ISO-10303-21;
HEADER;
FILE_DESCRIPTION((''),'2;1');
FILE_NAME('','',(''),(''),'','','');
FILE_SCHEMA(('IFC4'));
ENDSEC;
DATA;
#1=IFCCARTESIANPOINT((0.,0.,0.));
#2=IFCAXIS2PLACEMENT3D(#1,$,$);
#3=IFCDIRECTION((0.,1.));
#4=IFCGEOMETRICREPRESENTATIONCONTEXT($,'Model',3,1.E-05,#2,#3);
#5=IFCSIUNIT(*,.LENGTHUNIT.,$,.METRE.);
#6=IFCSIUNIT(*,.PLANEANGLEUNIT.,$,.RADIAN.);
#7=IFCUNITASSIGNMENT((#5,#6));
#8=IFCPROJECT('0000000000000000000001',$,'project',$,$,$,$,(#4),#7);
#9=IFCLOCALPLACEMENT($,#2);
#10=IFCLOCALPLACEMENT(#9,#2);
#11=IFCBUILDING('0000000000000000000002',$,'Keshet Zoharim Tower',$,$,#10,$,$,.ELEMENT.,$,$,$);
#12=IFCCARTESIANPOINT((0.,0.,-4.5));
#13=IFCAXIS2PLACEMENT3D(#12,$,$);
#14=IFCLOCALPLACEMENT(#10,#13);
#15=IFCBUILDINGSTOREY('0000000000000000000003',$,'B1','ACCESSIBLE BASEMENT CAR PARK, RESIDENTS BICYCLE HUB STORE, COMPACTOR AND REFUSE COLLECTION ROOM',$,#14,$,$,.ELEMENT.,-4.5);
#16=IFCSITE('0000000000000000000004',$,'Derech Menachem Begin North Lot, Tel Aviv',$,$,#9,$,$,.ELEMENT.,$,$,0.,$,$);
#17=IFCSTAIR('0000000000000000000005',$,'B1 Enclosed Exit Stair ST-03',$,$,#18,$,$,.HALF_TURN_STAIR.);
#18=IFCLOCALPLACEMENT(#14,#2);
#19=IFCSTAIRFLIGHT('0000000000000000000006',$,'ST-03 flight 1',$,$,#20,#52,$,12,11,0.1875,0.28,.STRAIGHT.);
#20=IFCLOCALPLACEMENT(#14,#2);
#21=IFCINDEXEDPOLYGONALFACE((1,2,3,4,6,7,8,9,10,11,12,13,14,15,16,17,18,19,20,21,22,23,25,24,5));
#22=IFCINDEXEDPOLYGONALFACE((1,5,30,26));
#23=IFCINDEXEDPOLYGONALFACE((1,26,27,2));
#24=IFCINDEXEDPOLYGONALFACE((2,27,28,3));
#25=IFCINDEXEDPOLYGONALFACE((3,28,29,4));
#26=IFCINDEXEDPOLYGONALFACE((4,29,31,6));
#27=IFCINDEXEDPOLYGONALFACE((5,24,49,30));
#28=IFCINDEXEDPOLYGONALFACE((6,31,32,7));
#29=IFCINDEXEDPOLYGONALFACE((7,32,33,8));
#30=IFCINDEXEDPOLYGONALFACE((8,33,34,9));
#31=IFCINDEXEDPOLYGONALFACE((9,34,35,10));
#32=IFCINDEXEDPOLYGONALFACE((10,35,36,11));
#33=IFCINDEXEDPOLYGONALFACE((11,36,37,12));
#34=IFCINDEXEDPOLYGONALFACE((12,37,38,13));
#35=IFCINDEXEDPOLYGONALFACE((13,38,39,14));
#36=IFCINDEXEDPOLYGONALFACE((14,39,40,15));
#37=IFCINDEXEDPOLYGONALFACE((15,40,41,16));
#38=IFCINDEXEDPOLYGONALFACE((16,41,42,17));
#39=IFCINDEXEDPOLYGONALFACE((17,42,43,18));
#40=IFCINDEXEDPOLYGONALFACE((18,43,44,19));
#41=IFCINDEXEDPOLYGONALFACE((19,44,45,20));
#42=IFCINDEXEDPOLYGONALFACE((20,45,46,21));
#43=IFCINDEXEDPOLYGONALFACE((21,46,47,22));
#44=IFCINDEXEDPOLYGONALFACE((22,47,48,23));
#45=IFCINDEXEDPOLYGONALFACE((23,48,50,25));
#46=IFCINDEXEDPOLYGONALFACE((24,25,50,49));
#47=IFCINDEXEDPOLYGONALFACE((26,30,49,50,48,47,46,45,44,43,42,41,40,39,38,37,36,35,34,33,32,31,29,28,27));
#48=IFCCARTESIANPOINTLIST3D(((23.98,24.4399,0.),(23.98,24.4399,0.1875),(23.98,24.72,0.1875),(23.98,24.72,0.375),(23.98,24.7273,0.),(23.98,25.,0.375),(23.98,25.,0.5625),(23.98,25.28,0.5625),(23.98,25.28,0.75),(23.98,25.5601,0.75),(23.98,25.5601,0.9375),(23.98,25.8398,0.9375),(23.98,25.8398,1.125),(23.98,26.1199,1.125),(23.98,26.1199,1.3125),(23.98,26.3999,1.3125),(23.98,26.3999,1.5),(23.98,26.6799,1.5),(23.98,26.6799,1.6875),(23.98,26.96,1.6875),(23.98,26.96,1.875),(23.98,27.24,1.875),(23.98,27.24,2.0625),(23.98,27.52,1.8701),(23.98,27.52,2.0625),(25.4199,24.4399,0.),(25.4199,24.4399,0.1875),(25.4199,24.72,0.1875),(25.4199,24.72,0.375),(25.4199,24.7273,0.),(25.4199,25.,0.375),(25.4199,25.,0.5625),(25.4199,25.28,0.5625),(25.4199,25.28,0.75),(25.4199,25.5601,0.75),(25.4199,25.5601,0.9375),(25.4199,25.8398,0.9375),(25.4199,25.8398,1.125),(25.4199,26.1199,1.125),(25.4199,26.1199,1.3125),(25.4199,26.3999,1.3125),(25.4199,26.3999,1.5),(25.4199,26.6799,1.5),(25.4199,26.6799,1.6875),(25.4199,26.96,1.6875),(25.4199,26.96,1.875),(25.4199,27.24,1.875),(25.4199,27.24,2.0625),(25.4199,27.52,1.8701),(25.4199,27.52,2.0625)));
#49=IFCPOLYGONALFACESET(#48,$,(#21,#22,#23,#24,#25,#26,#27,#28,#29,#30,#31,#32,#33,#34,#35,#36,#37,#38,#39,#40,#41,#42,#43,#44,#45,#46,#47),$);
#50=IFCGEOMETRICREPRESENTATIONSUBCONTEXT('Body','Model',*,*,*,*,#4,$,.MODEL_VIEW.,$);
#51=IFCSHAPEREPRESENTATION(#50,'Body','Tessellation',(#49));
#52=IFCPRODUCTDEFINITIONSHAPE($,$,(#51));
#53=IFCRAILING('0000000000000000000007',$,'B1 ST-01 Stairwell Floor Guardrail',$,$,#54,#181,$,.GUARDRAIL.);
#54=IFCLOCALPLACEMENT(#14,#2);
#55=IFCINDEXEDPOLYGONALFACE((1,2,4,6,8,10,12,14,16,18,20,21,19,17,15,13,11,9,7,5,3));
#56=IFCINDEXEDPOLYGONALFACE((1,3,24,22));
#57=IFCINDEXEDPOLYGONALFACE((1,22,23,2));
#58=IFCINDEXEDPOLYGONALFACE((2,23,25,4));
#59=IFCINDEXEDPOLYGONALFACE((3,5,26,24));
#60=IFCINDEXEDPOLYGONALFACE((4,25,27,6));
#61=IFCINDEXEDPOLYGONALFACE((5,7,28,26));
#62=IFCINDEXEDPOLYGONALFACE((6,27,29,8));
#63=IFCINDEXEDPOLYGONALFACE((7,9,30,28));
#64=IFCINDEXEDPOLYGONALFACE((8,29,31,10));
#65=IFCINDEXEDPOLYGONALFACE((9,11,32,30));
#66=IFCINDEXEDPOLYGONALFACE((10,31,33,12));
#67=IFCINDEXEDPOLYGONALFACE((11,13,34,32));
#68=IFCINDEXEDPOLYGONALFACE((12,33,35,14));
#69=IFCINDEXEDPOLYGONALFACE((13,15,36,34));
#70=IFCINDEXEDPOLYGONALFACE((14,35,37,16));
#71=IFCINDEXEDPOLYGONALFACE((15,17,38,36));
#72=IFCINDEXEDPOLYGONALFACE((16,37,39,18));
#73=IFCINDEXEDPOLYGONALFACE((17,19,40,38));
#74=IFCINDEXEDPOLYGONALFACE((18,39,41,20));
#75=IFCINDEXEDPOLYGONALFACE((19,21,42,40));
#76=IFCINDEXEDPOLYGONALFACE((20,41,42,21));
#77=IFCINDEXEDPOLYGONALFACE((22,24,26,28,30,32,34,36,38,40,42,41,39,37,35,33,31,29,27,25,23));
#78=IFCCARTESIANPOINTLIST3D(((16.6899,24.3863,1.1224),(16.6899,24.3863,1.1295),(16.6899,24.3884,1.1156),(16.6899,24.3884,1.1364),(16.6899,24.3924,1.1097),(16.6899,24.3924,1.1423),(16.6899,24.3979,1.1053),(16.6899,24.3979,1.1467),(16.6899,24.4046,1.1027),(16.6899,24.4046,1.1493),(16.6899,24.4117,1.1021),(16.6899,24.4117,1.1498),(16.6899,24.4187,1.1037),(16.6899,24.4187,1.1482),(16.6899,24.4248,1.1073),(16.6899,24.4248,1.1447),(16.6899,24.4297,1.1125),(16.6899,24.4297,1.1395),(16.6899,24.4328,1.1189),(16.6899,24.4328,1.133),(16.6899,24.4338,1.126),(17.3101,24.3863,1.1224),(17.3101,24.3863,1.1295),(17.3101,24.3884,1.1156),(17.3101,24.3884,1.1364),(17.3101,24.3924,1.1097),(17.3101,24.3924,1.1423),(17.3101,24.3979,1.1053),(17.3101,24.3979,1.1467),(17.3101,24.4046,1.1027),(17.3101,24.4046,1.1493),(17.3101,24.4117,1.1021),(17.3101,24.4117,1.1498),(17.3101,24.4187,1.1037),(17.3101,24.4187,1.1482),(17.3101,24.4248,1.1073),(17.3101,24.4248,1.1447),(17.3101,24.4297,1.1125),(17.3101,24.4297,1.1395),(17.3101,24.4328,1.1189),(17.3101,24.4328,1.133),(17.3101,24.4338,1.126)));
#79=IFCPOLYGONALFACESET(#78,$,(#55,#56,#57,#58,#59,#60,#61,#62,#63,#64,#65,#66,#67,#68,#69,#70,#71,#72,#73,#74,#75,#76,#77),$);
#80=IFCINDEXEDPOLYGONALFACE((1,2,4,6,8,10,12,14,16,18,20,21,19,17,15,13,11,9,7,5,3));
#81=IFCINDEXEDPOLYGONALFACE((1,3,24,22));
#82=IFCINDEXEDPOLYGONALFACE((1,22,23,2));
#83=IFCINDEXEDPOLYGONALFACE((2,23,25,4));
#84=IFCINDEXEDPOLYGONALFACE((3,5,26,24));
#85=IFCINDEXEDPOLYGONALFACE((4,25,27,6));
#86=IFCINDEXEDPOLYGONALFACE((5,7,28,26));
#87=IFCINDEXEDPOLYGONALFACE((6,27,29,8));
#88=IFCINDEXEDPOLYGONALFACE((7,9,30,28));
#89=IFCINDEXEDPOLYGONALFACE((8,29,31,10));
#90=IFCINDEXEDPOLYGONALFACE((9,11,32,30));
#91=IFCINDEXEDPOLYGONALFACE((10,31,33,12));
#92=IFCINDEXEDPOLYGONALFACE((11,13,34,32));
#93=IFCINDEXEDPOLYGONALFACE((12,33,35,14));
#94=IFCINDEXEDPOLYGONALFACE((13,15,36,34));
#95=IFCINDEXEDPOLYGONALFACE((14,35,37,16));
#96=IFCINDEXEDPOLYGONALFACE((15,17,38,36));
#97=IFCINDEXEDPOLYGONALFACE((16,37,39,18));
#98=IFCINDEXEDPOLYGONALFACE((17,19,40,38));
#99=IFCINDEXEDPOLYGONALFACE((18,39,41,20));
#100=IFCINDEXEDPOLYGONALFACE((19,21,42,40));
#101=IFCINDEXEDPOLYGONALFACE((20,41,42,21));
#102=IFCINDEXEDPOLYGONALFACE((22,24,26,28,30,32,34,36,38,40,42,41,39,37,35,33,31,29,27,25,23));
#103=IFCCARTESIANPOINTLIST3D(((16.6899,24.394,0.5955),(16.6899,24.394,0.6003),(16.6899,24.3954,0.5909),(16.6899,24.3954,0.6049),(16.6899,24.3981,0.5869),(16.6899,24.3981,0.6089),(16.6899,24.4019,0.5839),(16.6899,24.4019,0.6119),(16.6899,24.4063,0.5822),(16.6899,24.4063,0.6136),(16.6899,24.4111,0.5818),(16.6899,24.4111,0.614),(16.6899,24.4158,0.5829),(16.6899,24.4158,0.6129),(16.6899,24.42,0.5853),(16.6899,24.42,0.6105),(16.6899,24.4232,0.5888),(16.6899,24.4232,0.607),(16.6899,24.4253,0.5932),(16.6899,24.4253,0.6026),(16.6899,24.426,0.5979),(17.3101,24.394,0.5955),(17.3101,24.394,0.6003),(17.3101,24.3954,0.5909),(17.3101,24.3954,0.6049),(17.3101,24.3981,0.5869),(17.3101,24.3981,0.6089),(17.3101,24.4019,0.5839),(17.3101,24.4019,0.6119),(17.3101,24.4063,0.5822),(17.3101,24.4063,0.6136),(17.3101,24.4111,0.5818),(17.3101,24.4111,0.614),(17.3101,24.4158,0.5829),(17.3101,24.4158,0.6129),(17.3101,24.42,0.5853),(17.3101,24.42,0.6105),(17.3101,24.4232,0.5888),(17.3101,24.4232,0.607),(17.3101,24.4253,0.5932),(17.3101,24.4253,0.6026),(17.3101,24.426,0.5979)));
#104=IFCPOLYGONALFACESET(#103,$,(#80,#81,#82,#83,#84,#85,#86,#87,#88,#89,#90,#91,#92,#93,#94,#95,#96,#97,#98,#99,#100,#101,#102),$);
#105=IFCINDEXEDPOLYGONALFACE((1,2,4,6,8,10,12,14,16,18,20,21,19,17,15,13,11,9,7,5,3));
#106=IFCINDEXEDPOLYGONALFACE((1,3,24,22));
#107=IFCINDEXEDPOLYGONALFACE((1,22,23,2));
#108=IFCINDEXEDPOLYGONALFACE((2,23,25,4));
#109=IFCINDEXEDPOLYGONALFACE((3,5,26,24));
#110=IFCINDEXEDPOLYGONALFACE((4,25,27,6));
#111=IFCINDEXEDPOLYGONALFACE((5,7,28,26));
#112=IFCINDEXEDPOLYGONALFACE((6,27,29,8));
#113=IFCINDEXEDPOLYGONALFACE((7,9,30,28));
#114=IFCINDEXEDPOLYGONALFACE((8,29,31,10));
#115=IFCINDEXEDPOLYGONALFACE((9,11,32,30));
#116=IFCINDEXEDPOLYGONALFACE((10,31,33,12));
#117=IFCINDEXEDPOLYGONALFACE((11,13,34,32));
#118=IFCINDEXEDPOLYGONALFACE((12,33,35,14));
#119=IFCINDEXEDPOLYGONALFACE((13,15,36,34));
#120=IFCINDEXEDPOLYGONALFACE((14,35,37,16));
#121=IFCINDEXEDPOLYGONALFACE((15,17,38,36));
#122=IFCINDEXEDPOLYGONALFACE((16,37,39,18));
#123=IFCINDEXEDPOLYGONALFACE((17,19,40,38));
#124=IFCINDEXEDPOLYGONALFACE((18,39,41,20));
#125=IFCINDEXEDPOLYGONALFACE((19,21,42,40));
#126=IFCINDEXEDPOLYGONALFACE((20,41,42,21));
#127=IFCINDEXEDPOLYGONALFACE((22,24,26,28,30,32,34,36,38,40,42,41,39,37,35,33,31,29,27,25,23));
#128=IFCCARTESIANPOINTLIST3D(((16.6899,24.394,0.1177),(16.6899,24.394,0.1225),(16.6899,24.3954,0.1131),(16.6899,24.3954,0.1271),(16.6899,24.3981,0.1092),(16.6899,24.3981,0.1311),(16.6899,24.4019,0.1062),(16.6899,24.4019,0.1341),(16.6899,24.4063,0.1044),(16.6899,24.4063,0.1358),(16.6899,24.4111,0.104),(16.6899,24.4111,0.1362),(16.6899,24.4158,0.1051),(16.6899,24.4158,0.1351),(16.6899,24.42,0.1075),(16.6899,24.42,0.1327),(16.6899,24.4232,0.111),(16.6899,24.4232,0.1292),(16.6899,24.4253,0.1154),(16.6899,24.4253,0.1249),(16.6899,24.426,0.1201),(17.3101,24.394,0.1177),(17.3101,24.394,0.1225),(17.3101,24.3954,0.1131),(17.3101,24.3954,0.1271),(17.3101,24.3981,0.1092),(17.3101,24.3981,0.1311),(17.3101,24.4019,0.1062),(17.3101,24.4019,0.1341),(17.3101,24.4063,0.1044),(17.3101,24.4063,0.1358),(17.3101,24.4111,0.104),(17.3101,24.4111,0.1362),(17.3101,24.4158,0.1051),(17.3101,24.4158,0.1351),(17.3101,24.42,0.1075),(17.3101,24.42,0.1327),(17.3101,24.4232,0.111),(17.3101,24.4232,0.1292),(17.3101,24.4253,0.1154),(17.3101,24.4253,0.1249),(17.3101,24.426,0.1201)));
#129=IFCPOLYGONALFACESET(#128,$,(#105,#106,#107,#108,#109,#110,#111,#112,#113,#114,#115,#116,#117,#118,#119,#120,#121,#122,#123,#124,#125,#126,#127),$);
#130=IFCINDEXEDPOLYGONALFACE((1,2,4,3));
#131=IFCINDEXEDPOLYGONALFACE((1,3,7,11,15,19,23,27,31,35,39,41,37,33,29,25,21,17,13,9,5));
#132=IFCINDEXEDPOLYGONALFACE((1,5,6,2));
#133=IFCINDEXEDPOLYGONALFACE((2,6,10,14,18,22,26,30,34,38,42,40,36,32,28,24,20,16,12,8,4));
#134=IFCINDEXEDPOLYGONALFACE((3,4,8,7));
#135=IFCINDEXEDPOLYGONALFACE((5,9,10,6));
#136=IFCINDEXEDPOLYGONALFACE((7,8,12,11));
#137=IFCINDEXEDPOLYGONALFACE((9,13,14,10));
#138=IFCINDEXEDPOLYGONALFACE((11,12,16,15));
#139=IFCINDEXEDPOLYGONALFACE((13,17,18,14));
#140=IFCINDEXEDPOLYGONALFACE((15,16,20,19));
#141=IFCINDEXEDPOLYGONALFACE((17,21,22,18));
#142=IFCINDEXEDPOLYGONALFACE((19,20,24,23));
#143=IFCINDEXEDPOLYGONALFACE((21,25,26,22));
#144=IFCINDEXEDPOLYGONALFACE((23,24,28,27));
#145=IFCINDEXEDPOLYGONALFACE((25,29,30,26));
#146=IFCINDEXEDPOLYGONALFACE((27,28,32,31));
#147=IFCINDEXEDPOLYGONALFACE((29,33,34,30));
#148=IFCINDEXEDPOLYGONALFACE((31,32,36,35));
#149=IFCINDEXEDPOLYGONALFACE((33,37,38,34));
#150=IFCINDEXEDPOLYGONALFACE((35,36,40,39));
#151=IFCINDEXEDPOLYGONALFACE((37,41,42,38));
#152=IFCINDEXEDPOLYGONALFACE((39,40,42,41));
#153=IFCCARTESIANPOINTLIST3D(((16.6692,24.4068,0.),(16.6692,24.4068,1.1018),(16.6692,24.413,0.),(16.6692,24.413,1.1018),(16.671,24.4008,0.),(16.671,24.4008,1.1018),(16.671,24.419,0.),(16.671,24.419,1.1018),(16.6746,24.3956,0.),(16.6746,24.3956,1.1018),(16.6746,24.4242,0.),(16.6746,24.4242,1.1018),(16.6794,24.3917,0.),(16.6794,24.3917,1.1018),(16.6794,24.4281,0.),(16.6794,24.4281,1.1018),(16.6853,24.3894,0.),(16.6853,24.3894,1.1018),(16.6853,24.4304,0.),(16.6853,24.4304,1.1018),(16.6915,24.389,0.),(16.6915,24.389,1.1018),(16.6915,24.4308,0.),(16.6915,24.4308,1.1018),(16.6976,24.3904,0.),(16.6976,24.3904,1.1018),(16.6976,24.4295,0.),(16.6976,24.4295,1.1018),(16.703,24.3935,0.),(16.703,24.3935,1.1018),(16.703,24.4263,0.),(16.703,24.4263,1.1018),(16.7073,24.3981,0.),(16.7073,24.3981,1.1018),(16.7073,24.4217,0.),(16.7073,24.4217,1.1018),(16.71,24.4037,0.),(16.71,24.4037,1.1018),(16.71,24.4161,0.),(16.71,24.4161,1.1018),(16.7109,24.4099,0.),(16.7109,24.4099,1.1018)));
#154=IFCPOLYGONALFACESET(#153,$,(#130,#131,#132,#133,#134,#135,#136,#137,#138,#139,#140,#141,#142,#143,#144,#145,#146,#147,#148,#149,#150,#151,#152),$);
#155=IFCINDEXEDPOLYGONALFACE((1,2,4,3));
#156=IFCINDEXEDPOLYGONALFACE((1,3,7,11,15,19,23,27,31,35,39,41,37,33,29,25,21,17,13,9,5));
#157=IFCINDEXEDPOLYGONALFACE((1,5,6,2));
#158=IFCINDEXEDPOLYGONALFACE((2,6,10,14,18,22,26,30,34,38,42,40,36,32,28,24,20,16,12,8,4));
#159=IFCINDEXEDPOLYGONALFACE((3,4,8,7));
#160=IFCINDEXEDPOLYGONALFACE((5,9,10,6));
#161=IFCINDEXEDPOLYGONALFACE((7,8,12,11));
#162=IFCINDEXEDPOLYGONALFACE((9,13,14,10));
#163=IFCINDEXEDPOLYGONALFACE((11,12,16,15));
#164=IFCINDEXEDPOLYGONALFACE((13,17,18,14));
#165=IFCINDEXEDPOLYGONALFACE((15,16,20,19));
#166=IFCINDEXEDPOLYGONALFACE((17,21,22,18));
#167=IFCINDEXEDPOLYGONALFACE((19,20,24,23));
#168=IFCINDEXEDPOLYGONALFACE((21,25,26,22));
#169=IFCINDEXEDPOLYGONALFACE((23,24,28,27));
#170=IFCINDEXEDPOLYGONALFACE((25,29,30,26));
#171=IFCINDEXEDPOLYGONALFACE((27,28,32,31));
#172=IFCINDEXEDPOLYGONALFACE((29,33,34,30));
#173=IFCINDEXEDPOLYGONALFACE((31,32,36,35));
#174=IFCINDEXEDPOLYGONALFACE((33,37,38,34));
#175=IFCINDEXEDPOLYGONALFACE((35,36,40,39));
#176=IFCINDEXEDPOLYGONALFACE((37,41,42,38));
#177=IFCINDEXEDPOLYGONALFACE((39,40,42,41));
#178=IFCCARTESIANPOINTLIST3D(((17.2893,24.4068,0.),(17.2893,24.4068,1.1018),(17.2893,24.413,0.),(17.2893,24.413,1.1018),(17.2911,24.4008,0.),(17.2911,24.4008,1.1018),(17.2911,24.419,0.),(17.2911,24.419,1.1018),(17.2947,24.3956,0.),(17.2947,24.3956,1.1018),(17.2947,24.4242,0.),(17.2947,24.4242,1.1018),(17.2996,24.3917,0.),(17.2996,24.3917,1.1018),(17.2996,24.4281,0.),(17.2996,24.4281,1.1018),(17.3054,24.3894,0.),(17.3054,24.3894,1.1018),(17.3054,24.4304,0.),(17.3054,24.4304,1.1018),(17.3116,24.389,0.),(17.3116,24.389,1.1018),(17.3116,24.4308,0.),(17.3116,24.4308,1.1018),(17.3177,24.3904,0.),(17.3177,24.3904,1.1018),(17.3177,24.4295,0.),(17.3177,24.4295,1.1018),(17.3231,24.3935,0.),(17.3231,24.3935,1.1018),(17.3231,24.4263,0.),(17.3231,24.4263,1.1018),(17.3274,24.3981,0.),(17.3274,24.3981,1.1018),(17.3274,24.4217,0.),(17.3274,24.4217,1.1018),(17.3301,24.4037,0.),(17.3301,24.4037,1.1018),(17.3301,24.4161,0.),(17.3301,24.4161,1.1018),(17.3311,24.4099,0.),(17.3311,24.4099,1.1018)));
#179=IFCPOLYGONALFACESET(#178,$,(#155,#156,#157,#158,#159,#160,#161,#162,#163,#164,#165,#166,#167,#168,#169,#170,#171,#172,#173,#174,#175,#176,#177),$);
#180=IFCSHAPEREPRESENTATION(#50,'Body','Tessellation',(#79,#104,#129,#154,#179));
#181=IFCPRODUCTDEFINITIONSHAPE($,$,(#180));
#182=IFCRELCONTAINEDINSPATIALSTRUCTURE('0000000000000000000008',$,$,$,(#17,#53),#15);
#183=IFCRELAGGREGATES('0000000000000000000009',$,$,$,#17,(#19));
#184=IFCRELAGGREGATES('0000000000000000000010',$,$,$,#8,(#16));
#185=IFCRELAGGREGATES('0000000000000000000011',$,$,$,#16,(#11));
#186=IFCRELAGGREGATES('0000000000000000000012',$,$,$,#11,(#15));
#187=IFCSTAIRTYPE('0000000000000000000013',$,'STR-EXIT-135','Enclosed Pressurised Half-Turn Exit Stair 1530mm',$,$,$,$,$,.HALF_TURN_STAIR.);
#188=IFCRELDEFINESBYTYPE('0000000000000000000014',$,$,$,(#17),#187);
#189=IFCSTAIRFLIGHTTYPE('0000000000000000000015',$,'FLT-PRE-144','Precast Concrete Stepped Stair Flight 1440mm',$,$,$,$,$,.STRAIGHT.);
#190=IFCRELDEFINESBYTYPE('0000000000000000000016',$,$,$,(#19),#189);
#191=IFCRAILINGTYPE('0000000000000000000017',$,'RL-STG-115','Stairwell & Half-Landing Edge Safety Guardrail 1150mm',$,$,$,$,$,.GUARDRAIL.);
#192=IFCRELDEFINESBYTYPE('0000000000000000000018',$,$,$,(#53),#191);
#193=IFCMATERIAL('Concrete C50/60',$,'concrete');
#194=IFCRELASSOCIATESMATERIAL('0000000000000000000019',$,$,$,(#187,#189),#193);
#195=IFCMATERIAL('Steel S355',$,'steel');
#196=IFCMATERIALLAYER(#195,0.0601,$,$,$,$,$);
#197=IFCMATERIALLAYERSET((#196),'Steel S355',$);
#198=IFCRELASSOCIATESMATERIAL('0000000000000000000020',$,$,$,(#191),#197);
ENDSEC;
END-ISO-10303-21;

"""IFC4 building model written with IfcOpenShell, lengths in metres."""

from ifc_helpers import new_model, si_unit, direction, frame, origin, origin_2d, place, context, subcontext, project, spatial, polyline, circle, outline, extrude, material, layer, layer_set, type_object, element, aggregate, save


model = new_model("IFC4")

# Units and contexts
model_context = context("Model", 3, precision=1e-05, world=origin(), true_north=direction((0.0, 1.0)))
body_context = subcontext(model_context, "Body", "Model", "MODEL_VIEW")
ifc_project = project(units=[si_unit("LENGTHUNIT", "METRE"), si_unit("PLANEANGLEUNIT", "RADIAN")], contexts=[model_context])

# Site, building, storey
site_placement = place(None, origin())
site = spatial("IfcSite", under=ifc_project, at=site_placement, Name="Derech Menachem Begin North Lot, Tel Aviv", CompositionType="ELEMENT", RefElevation=0.0)
building_placement = place(site_placement, origin())
building = spatial("IfcBuilding", under=site, at=building_placement, Name="Keshet Zoharim Tower", CompositionType="ELEMENT")
storey_placement = place(building_placement, frame((0.0, 0.0, -4.5)))
storey = spatial("IfcBuildingStorey", under=building, at=storey_placement, Name="B1", Description="ACCESSIBLE BASEMENT CAR PARK, RESIDENTS BICYCLE HUB STORE, COMPACTOR AND REFUSE COLLECTION ROOM", CompositionType="ELEMENT", Elevation=-4.5)

# Shared definitions
ifc_material_1 = material(Name="Steel S355", Category="steel")

# Shared definitions
ifc_material_2 = material(Name="Concrete C50/60", Category="concrete")

# Shared definitions
stair_type = type_object("IfcStairType", Name="STR-EXIT-135", Description="Enclosed Pressurised Half-Turn Exit Stair 1530mm", PredefinedType="HALF_TURN_STAIR", material=ifc_material_2)

# Stair, stair flight
stair_1_placement = place(storey_placement, origin())
stair_1 = element("IfcStair", 1, at=stair_1_placement, inside=storey, type_object=stair_type, Name="B1 Enclosed Exit Stair ST-03", PredefinedType="HALF_TURN_STAIR")
stair_flight_type_1 = type_object("IfcStairFlightType", Name="FLT-PRE-144", Description="Precast Concrete Stepped Stair Flight 1440mm", PredefinedType="STRAIGHT", material=ifc_material_2)
stair_flight_1_placement = place(storey_placement, frame((24.7, 24.4399, 0.0), z_axis=(0.0, 0.0, 1.0), x_axis=(0.0, 1.0, 0.0)))
stair_flight_1 = element("IfcStairFlight", 2, at=stair_flight_1_placement, type_object=stair_flight_type_1, Name="ST-03 flight 1", NumberOfRisers=12, NumberOfTreads=11, PredefinedType="STRAIGHT", RiserHeight=0.1875, TreadLength=0.28, context=body_context, shape_type="SweptSolid", body=[
    extrude(outline(polyline([(0.0, 0.0), (0.0, 0.1875), (0.28, 0.1875), (0.28, 0.375), (0.5601, 0.375), (0.5601, 0.5625), (0.8401, 0.5625), (0.8401, 0.75), (1.1201, 0.75), (1.1201, 0.9375), (1.3999, 0.9375), (1.3999, 1.125), (1.6799, 1.125), (1.6799, 1.3125), (1.96, 1.3125), (1.96, 1.5), (2.24, 1.5), (2.24, 1.6875), (2.52, 1.6875), (2.52, 1.875), (2.8, 1.875), (2.8, 2.0625), (3.0801, 2.0625), (3.0801, 2.25), (3.0801, 1.8701), (0.2874, 0.0), (0.0, 0.0)])), frame((0.0, 0.72, 0.0), z_axis=(0.0, -1.0, 0.0), x_axis=(1.0, 0.0, 0.0)), (0.0, 0.0, 1.0), 1.4399),
])
aggregate(stair_1, [stair_flight_1])

# Railing
ifc_layer_1 = layer(ifc_material_1, 0.0601)
ifc_layer_set_1 = layer_set([ifc_layer_1], Name="Steel S355")
railing_type_1 = type_object("IfcRailingType", Name="RL-STG-115", Description="Stairwell & Half-Landing Edge Safety Guardrail 1150mm", PredefinedType="GUARDRAIL", material=ifc_layer_set_1)
railing_1_placement = place(storey_placement, frame((16.6899, 24.4099, 0.0)))
element("IfcRailing", 3, at=railing_1_placement, inside=storey, type_object=railing_type_1, Name="B1 ST-01 Stairwell Floor Guardrail", PredefinedType="GUARDRAIL", context=body_context, shape_type="SweptSolid", body=[
    extrude(circle(Radius=0.0239, at=origin_2d()), frame((0.0, 0.0, 1.126), z_axis=(1.0, 0.0, 0.0), x_axis=(0.0, 1.0, 0.0)), (0.0, 0.0, 1.0), 0.6201),
    extrude(circle(Radius=0.0161, at=origin_2d()), frame((0.0, 0.0, 0.5979), z_axis=(1.0, 0.0, 0.0), x_axis=(0.0, 1.0, 0.0)), (0.0, 0.0, 1.0), 0.6201),
    extrude(circle(Radius=0.0161, at=origin_2d()), frame((0.0, 0.0, 0.1201), z_axis=(1.0, 0.0, 0.0), x_axis=(0.0, 1.0, 0.0)), (0.0, 0.0, 1.0), 0.6201),
    extrude(circle(Radius=0.021, at=origin_2d()), origin(), (0.0, 0.0, 1.0), 1.1018),
    extrude(circle(Radius=0.021, at=origin_2d()), frame((0.6201, 0.0, 0.0)), (0.0, 0.0, 1.0), 1.1018),
])

save(model, "model.ifc")
